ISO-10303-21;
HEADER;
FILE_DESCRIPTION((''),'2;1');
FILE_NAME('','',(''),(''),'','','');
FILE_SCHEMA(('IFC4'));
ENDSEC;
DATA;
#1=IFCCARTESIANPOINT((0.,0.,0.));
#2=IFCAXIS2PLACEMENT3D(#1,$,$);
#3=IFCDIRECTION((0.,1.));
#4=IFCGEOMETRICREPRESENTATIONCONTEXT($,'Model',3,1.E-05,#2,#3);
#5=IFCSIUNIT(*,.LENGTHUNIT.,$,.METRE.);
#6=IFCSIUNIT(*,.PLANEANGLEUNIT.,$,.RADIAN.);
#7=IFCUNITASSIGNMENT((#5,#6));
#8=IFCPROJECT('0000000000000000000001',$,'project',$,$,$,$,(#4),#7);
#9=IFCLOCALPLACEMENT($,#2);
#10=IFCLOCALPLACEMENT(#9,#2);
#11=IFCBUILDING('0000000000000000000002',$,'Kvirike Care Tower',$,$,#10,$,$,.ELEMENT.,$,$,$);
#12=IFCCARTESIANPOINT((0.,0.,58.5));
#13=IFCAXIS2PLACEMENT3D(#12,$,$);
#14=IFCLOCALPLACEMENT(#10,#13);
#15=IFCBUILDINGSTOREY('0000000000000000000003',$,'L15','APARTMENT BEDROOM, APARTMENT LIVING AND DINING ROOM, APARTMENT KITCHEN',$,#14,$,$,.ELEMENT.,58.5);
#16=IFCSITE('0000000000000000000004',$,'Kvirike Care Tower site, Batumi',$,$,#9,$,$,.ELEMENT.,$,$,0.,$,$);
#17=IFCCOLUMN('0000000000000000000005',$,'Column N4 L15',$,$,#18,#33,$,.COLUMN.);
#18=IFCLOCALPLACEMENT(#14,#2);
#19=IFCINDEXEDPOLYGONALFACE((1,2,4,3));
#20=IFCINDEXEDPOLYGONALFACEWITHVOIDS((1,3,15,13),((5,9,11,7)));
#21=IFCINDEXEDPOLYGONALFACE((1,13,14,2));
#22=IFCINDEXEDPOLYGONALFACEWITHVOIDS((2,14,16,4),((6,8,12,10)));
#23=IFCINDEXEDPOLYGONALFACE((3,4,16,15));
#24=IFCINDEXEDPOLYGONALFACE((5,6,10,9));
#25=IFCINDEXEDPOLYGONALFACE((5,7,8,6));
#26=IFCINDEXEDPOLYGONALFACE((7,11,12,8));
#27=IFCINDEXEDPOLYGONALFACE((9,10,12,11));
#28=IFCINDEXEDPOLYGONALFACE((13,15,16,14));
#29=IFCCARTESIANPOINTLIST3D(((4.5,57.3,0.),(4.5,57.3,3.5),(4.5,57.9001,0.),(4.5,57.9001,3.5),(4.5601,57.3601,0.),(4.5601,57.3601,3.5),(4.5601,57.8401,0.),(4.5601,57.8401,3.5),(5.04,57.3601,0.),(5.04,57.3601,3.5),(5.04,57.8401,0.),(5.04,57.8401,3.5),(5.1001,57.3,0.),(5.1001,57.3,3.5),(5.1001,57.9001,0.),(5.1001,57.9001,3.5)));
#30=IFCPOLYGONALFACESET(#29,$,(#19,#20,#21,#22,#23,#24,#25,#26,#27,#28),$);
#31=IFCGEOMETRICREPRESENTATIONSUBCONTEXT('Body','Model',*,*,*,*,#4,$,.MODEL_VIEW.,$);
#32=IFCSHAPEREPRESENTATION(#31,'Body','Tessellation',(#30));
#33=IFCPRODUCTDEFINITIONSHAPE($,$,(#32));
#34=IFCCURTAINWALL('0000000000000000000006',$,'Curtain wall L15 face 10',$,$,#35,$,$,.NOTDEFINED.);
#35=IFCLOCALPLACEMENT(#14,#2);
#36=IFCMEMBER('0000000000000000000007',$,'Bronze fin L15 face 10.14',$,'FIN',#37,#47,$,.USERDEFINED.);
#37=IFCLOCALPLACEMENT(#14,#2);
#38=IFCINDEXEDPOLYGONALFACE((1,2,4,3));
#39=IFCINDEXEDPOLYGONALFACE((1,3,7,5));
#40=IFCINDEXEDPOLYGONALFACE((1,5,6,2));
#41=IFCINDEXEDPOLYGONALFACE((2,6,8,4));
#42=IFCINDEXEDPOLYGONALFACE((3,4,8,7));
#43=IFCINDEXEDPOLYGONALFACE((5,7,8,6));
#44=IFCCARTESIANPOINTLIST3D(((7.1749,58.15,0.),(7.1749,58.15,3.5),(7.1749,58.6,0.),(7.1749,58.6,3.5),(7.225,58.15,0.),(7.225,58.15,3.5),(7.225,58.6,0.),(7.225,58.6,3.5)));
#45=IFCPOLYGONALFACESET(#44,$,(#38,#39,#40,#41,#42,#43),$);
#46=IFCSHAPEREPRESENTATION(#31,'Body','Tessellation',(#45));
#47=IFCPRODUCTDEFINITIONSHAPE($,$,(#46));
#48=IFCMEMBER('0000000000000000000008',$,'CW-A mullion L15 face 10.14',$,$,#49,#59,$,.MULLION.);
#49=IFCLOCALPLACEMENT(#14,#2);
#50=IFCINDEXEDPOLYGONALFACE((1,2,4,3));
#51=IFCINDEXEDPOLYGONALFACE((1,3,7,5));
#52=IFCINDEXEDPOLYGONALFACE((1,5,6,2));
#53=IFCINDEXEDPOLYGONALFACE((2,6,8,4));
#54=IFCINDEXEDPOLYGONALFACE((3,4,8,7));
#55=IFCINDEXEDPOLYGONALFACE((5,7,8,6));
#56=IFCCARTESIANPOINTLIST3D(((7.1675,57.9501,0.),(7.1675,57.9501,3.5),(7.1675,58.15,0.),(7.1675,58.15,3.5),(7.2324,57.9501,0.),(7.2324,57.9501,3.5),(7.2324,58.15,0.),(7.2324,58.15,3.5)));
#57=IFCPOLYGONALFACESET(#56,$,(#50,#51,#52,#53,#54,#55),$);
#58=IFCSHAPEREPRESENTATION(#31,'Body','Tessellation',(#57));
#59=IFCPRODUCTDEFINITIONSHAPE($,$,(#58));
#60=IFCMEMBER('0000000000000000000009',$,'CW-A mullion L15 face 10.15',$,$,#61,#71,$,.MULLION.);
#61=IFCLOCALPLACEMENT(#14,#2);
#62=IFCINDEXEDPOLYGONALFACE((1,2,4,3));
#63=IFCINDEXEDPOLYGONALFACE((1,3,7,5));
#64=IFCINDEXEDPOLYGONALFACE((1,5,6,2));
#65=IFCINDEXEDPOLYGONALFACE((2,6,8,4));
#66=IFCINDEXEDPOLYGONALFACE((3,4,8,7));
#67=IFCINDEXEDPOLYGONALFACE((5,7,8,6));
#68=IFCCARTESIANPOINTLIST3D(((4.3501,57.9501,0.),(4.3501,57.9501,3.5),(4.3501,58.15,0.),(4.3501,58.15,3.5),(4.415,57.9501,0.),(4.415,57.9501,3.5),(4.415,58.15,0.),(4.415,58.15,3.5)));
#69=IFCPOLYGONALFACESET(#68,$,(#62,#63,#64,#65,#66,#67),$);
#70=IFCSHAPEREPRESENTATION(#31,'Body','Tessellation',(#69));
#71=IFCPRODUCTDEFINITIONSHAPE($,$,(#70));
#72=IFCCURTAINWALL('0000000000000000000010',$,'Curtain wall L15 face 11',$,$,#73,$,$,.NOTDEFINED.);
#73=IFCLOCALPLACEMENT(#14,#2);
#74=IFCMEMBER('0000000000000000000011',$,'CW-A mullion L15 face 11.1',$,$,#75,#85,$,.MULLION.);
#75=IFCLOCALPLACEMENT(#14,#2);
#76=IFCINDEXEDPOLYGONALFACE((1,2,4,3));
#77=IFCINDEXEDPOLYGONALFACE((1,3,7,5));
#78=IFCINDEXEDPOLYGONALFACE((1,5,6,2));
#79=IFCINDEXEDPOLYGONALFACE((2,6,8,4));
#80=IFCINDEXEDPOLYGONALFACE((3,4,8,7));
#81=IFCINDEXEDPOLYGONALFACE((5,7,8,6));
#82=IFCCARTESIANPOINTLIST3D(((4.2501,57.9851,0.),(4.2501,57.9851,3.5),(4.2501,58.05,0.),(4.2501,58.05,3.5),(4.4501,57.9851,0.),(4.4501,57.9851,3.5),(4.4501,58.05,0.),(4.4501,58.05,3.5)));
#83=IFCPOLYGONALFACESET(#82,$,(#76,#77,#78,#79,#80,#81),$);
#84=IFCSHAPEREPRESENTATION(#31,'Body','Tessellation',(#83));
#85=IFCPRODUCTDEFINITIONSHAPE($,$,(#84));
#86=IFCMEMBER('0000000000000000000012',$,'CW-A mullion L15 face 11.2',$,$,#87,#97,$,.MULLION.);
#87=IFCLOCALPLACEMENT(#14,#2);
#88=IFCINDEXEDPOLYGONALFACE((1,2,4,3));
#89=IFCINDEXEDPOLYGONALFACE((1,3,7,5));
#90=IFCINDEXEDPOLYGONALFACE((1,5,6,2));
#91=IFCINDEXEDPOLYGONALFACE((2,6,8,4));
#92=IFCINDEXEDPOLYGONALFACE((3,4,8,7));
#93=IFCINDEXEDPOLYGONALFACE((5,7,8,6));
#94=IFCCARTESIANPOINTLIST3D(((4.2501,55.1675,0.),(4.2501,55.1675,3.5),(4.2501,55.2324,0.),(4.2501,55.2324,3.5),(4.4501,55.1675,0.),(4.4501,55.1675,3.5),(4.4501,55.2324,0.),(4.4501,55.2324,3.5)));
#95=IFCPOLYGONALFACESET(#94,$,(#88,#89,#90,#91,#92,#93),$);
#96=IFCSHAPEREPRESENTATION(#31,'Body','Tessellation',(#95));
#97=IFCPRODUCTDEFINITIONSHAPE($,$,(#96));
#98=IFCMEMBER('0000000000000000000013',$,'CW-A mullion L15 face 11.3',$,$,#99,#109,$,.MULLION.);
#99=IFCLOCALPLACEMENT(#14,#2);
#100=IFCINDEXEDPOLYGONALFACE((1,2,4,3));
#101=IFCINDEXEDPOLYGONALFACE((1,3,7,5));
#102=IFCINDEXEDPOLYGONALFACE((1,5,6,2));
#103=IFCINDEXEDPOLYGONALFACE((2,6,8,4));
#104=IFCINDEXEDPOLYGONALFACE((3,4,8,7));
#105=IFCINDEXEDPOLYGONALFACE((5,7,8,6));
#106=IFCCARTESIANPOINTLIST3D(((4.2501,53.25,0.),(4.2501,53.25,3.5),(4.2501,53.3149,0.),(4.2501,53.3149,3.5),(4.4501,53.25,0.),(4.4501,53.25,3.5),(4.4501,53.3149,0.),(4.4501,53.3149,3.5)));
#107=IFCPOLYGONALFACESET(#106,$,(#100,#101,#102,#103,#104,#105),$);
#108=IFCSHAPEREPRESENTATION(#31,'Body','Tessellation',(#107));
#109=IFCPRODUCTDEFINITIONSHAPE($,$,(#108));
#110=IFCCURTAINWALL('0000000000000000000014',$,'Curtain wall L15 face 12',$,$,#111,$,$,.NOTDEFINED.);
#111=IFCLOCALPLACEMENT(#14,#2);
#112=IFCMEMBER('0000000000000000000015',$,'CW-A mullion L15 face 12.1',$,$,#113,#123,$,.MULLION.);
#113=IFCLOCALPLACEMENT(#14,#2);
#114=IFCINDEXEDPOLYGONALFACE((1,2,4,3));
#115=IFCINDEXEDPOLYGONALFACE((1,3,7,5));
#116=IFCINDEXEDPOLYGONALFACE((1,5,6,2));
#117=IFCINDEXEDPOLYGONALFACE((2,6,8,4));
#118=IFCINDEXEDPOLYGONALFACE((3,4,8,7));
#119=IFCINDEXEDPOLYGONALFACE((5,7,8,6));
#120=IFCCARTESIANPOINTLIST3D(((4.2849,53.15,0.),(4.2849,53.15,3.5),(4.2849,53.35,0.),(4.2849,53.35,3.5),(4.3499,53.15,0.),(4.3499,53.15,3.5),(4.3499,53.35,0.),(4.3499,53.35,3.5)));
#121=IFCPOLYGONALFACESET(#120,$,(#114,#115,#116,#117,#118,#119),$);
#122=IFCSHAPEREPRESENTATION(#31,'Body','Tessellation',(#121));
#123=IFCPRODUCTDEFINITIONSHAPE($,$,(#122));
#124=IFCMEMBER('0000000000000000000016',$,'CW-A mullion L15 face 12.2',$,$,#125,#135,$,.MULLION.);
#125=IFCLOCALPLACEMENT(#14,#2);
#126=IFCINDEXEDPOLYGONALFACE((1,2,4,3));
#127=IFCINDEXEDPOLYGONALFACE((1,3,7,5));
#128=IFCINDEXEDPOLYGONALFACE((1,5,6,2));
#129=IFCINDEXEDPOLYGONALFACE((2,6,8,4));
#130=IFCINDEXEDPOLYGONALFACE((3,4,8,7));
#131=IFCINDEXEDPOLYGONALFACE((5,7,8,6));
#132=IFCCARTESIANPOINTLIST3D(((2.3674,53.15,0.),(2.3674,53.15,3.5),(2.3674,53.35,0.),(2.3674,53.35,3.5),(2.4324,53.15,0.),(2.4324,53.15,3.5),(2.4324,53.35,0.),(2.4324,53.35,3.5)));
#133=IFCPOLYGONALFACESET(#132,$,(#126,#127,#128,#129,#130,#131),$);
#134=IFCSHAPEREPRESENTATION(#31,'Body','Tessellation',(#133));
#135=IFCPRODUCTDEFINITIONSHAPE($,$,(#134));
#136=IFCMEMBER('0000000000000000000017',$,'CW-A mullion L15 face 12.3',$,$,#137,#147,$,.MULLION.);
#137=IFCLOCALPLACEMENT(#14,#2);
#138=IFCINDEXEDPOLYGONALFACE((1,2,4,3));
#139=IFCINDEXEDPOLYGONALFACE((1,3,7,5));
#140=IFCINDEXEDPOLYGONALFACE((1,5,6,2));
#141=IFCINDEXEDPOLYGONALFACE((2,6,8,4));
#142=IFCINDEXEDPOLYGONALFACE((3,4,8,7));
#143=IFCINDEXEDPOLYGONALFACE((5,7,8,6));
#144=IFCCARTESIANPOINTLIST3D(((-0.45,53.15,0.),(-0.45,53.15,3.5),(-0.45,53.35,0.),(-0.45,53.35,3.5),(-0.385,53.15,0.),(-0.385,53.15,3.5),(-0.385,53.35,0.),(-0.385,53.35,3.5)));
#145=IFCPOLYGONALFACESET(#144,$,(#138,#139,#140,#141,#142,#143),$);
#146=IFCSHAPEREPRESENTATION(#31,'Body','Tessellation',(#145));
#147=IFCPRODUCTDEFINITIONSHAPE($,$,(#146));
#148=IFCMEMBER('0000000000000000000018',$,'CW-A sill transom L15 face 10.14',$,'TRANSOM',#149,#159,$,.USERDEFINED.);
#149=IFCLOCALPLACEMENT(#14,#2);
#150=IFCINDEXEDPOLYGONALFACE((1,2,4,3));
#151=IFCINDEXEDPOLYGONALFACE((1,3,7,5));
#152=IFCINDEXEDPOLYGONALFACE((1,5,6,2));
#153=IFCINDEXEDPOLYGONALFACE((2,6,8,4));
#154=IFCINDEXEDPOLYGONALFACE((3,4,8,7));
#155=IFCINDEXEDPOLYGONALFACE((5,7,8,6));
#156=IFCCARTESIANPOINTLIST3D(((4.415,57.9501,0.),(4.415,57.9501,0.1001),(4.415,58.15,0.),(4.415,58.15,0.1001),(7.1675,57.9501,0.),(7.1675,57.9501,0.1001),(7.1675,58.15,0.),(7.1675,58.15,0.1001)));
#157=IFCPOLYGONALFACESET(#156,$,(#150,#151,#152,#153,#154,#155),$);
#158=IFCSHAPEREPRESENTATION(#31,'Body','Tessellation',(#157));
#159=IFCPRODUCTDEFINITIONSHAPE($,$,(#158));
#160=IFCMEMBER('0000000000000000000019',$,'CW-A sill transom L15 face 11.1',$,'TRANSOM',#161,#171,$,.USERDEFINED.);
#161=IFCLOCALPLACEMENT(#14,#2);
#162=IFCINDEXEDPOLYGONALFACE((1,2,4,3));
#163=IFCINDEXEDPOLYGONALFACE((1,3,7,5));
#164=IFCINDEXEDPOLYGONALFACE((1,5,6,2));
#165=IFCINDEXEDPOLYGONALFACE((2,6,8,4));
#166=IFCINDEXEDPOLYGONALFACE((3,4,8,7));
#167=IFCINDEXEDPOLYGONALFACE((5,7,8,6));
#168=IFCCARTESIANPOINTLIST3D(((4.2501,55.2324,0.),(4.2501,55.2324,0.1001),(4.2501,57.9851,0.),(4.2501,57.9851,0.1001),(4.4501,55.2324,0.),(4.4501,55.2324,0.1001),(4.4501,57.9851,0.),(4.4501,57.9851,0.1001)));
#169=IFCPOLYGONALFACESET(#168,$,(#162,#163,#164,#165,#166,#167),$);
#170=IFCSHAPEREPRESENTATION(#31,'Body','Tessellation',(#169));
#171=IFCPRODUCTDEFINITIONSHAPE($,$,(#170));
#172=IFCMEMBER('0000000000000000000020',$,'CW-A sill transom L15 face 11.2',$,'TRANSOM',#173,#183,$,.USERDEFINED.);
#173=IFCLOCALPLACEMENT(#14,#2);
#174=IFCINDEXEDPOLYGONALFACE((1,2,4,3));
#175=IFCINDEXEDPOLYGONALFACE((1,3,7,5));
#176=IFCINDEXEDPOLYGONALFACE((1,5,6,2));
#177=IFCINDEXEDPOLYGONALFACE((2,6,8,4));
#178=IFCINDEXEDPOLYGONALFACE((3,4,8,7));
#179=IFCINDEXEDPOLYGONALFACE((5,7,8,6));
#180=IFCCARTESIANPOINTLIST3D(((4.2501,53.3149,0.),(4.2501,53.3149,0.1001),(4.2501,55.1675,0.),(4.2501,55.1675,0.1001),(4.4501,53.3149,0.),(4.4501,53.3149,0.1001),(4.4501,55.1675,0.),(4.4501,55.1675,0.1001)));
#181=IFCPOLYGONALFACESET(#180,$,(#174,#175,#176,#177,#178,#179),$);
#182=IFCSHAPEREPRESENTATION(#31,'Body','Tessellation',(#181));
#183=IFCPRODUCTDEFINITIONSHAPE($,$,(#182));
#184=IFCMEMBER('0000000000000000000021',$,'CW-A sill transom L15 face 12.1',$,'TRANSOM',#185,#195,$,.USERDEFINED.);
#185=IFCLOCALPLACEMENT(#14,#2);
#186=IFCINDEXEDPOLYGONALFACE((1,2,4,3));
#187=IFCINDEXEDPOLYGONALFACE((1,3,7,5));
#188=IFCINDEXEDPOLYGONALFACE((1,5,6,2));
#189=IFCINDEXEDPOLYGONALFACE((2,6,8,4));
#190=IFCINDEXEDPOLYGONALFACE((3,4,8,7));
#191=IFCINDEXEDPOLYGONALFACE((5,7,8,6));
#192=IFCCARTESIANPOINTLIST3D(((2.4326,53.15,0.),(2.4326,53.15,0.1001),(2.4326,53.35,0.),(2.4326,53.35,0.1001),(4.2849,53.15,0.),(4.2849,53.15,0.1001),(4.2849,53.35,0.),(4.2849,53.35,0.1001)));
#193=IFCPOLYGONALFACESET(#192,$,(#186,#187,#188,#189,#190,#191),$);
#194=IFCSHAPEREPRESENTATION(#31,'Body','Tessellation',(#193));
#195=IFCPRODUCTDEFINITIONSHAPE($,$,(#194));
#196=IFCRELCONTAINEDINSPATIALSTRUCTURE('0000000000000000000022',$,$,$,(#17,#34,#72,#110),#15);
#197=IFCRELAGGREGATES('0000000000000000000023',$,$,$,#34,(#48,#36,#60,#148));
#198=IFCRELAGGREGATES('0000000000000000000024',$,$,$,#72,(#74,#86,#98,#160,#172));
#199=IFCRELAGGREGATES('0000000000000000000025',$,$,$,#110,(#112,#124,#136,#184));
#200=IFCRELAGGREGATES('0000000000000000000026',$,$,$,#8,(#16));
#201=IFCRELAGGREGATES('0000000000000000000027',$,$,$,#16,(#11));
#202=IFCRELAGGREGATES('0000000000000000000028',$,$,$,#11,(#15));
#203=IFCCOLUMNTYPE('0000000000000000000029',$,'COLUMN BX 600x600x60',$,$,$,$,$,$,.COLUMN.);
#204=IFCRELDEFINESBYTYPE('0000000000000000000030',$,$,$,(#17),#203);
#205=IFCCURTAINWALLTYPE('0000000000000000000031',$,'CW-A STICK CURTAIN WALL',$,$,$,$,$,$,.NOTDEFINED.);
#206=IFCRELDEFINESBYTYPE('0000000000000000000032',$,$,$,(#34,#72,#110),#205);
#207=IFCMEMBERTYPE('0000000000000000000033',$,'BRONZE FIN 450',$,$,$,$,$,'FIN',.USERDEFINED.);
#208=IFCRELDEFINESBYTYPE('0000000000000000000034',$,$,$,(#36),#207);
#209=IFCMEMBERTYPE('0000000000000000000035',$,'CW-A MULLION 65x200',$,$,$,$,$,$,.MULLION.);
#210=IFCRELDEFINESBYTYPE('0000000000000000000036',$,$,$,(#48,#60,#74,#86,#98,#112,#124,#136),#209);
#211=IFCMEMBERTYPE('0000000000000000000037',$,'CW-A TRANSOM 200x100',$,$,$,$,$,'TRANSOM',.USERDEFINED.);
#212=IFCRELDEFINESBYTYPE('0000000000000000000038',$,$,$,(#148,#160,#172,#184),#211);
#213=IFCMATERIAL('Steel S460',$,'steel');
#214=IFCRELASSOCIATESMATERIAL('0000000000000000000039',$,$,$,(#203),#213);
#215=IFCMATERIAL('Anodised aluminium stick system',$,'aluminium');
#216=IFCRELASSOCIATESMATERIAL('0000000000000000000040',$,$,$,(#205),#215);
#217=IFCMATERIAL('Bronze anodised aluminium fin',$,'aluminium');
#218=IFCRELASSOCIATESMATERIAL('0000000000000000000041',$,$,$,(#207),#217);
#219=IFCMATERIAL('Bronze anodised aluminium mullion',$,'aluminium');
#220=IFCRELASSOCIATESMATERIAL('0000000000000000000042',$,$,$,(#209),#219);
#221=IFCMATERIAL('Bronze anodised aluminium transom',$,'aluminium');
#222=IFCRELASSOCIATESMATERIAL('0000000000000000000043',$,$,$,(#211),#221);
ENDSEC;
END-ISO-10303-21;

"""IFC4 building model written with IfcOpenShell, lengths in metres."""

from ifc_helpers import new_model, si_unit, direction, frame, origin, origin_2d, place, context, subcontext, project, spatial, rectangle, hollow_rectangle, extrude, material, material_profile, profile_set, type_object, element, aggregate, save


model = new_model("IFC4")

# Units and contexts
model_context = context("Model", 3, precision=1e-05, world=origin(), true_north=direction((0.0, 1.0)))
body_context = subcontext(model_context, "Body", "Model", "MODEL_VIEW")
ifc_project = project(units=[si_unit("LENGTHUNIT", "METRE"), si_unit("PLANEANGLEUNIT", "RADIAN")], contexts=[model_context])

# Site, building, storey
site_placement = place(None, origin())
site = spatial("IfcSite", under=ifc_project, at=site_placement, Name="Kvirike Care Tower site, Batumi", CompositionType="ELEMENT", RefElevation=0.0)
building_placement = place(site_placement, origin())
building = spatial("IfcBuilding", under=site, at=building_placement, Name="Kvirike Care Tower", CompositionType="ELEMENT")
storey_placement = place(building_placement, frame((0.0, 0.0, 58.5)))
storey = spatial("IfcBuildingStorey", under=building, at=storey_placement, Name="L15", Description="APARTMENT BEDROOM, APARTMENT LIVING AND DINING ROOM, APARTMENT KITCHEN", CompositionType="ELEMENT", Elevation=58.5)

# Column
ifc_material_1 = material(Name="Steel S460", Category="steel")
ifc_material_profile_1 = material_profile(ifc_material_1, hollow_rectangle(XDim=0.6001, YDim=0.6001, WallThickness=0.0601, at=origin_2d()), Name="BX 600x600x60")
ifc_profile_set_1 = profile_set([ifc_material_profile_1], Name="Steel S460")
column_type = type_object("IfcColumnType", Name="COLUMN BX 600x600x60", PredefinedType="COLUMN", material=ifc_profile_set_1)
column_placement = place(storey_placement, frame((4.8, 57.6001, 0.0), z_axis=(0.0, 0.0, 1.0), x_axis=(0.0, 1.0, 0.0)))
element("IfcColumn", 1, at=column_placement, inside=storey, type_object=column_type, Name="Column N4 L15", PredefinedType="COLUMN", context=body_context, shape_type="SweptSolid", body=[
    extrude(hollow_rectangle(XDim=0.6001, YDim=0.6001, WallThickness=0.0601, at=origin_2d()), origin(), (0.0, 0.0, 1.0), 3.5),
])

# Curtain walls, members
ifc_material_2 = material(Name="Anodised aluminium stick system", Category="aluminium")
curtain_wall_type = type_object("IfcCurtainWallType", Name="CW-A STICK CURTAIN WALL", PredefinedType="NOTDEFINED", material=ifc_material_2)
curtain_wall_1_placement = place(storey_placement, origin())
curtain_wall_1 = element("IfcCurtainWall", 2, at=curtain_wall_1_placement, inside=storey, type_object=curtain_wall_type, Name="Curtain wall L15 face 10", PredefinedType="NOTDEFINED")
ifc_material_3 = material(Name="Bronze anodised aluminium fin", Category="aluminium")
ifc_material_profile_2 = material_profile(ifc_material_3, rectangle(XDim=0.05, YDim=0.45, at=origin_2d()), Name="BRONZE FIN 450")
ifc_profile_set_2 = profile_set([ifc_material_profile_2], Name="Bronze anodised aluminium fin")
member_type_1 = type_object("IfcMemberType", Name="BRONZE FIN 450", ElementType="FIN", PredefinedType="USERDEFINED", material=ifc_profile_set_2)
member_1_placement = place(storey_placement, frame((7.2, 58.375, 0.0), z_axis=(0.0, 0.0, 1.0), x_axis=(-1.0, 0.0, 0.0)))
member_1 = element("IfcMember", 3, at=member_1_placement, type_object=member_type_1, Name="Bronze fin L15 face 10.14", ObjectType="FIN", PredefinedType="USERDEFINED", context=body_context, shape_type="SweptSolid", body=[
    extrude(rectangle(XDim=0.05, YDim=0.45, at=origin_2d()), origin(), (0.0, 0.0, 1.0), 3.5),
])
ifc_material_4 = material(Name="Bronze anodised aluminium mullion", Category="aluminium")
ifc_material_profile_3 = material_profile(ifc_material_4, rectangle(XDim=0.0649, YDim=0.2, at=origin_2d()), Name="CW-A MULLION 65x200")
ifc_profile_set_3 = profile_set([ifc_material_profile_3], Name="Bronze anodised aluminium mullion")
member_type_2 = type_object("IfcMemberType", Name="CW-A MULLION 65x200", PredefinedType="MULLION", material=ifc_profile_set_3)
member_2_placement = place(storey_placement, frame((7.2, 58.05, 0.0), z_axis=(0.0, 0.0, 1.0), x_axis=(-1.0, 0.0, 0.0)))
member_2 = element("IfcMember", 4, at=member_2_placement, type_object=member_type_2, Name="CW-A mullion L15 face 10.14", PredefinedType="MULLION", context=body_context, shape_type="SweptSolid", body=[
    extrude(rectangle(XDim=0.0649, YDim=0.2, at=origin_2d()), origin(), (0.0, 0.0, 1.0), 3.5),
])
member_3_placement = place(storey_placement, frame((4.3826, 58.05, 0.0), z_axis=(0.0, 0.0, 1.0), x_axis=(-1.0, 0.0, 0.0)))
member_3 = element("IfcMember", 5, at=member_3_placement, type_object=member_type_2, Name="CW-A mullion L15 face 10.15", PredefinedType="MULLION", context=body_context, shape_type="SweptSolid", body=[
    extrude(rectangle(XDim=0.0649, YDim=0.2, at=origin_2d()), origin(), (0.0, 0.0, 1.0), 3.5),
])
curtain_wall_2_placement = place(storey_placement, origin())
curtain_wall_2 = element("IfcCurtainWall", 6, at=curtain_wall_2_placement, inside=storey, type_object=curtain_wall_type, Name="Curtain wall L15 face 11", PredefinedType="NOTDEFINED")
member_4_placement = place(storey_placement, frame((4.3501, 58.0176, 0.0), z_axis=(0.0, 0.0, 1.0), x_axis=(0.0, -1.0, 0.0)))
member_4 = element("IfcMember", 7, at=member_4_placement, type_object=member_type_2, Name="CW-A mullion L15 face 11.1", PredefinedType="MULLION", context=body_context, shape_type="SweptSolid", body=[
    extrude(rectangle(XDim=0.0649, YDim=0.2, at=origin_2d()), origin(), (0.0, 0.0, 1.0), 3.5),
])
member_5_placement = place(storey_placement, frame((4.3501, 55.2, 0.0), z_axis=(0.0, 0.0, 1.0), x_axis=(0.0, -1.0, 0.0)))
member_5 = element("IfcMember", 8, at=member_5_placement, type_object=member_type_2, Name="CW-A mullion L15 face 11.2", PredefinedType="MULLION", context=body_context, shape_type="SweptSolid", body=[
    extrude(rectangle(XDim=0.0649, YDim=0.2, at=origin_2d()), origin(), (0.0, 0.0, 1.0), 3.5),
])
member_6_placement = place(storey_placement, frame((4.3501, 53.2825, 0.0), z_axis=(0.0, 0.0, 1.0), x_axis=(0.0, -1.0, 0.0)))
member_6 = element("IfcMember", 9, at=member_6_placement, type_object=member_type_2, Name="CW-A mullion L15 face 11.3", PredefinedType="MULLION", context=body_context, shape_type="SweptSolid", body=[
    extrude(rectangle(XDim=0.0649, YDim=0.2, at=origin_2d()), origin(), (0.0, 0.0, 1.0), 3.5),
])
curtain_wall_3_placement = place(storey_placement, origin())
curtain_wall_3 = element("IfcCurtainWall", 10, at=curtain_wall_3_placement, inside=storey, type_object=curtain_wall_type, Name="Curtain wall L15 face 12", PredefinedType="NOTDEFINED")
member_7_placement = place(storey_placement, frame((4.3174, 53.25, 0.0), z_axis=(0.0, 0.0, 1.0), x_axis=(-1.0, 0.0, 0.0)))
member_7 = element("IfcMember", 11, at=member_7_placement, type_object=member_type_2, Name="CW-A mullion L15 face 12.1", PredefinedType="MULLION", context=body_context, shape_type="SweptSolid", body=[
    extrude(rectangle(XDim=0.0649, YDim=0.2, at=origin_2d()), origin(), (0.0, 0.0, 1.0), 3.5),
])
member_8_placement = place(storey_placement, frame((2.3999, 53.25, 0.0), z_axis=(0.0, 0.0, 1.0), x_axis=(-1.0, 0.0, 0.0)))
member_8 = element("IfcMember", 12, at=member_8_placement, type_object=member_type_2, Name="CW-A mullion L15 face 12.2", PredefinedType="MULLION", context=body_context, shape_type="SweptSolid", body=[
    extrude(rectangle(XDim=0.0649, YDim=0.2, at=origin_2d()), origin(), (0.0, 0.0, 1.0), 3.5),
])
member_9_placement = place(storey_placement, frame((-0.4175, 53.25, 0.0), z_axis=(0.0, 0.0, 1.0), x_axis=(-1.0, 0.0, 0.0)))
member_9 = element("IfcMember", 13, at=member_9_placement, type_object=member_type_2, Name="CW-A mullion L15 face 12.3", PredefinedType="MULLION", context=body_context, shape_type="SweptSolid", body=[
    extrude(rectangle(XDim=0.0649, YDim=0.2, at=origin_2d()), origin(), (0.0, 0.0, 1.0), 3.5),
])

# Members
ifc_material_5 = material(Name="Bronze anodised aluminium transom", Category="aluminium")
ifc_material_profile_4 = material_profile(ifc_material_5, rectangle(XDim=0.2, YDim=0.1001, at=origin_2d()), Name="CW-A TRANSOM 200x100")
ifc_profile_set_4 = profile_set([ifc_material_profile_4], Name="Bronze anodised aluminium transom")
member_type_3 = type_object("IfcMemberType", Name="CW-A TRANSOM 200x100", ElementType="TRANSOM", PredefinedType="USERDEFINED", material=ifc_profile_set_4)
member_10_placement = place(storey_placement, frame((7.1675, 58.05, 0.05), z_axis=(-1.0, 0.0, 0.0), x_axis=(0.0, -1.0, 0.0)))
member_10 = element("IfcMember", 14, at=member_10_placement, type_object=member_type_3, Name="CW-A sill transom L15 face 10.14", ObjectType="TRANSOM", PredefinedType="USERDEFINED", context=body_context, shape_type="SweptSolid", body=[
    extrude(rectangle(XDim=0.2, YDim=0.1001, at=origin_2d()), origin(), (0.0, 0.0, 1.0), 2.7524),
])
member_11_placement = place(storey_placement, frame((4.3501, 57.9851, 0.05), z_axis=(0.0, -1.0, 0.0), x_axis=(1.0, 0.0, 0.0)))
member_11 = element("IfcMember", 15, at=member_11_placement, type_object=member_type_3, Name="CW-A sill transom L15 face 11.1", ObjectType="TRANSOM", PredefinedType="USERDEFINED", context=body_context, shape_type="SweptSolid", body=[
    extrude(rectangle(XDim=0.2, YDim=0.1001, at=origin_2d()), origin(), (0.0, 0.0, 1.0), 2.7527),
])
member_12_placement = place(storey_placement, frame((4.3501, 55.1675, 0.05), z_axis=(0.0, -1.0, 0.0), x_axis=(1.0, 0.0, 0.0)))
member_12 = element("IfcMember", 16, at=member_12_placement, type_object=member_type_3, Name="CW-A sill transom L15 face 11.2", ObjectType="TRANSOM", PredefinedType="USERDEFINED", context=body_context, shape_type="SweptSolid", body=[
    extrude(rectangle(XDim=0.2, YDim=0.1001, at=origin_2d()), origin(), (0.0, 0.0, 1.0), 1.8525),
])
member_13_placement = place(storey_placement, frame((4.2849, 53.25, 0.05), z_axis=(-1.0, 0.0, 0.0), x_axis=(0.0, -1.0, 0.0)))
member_13 = element("IfcMember", 17, at=member_13_placement, type_object=member_type_3, Name="CW-A sill transom L15 face 12.1", ObjectType="TRANSOM", PredefinedType="USERDEFINED", context=body_context, shape_type="SweptSolid", body=[
    extrude(rectangle(XDim=0.2, YDim=0.1001, at=origin_2d()), origin(), (0.0, 0.0, 1.0), 1.8523),
])

aggregate(curtain_wall_1, [member_2, member_1, member_3, member_10])
aggregate(curtain_wall_2, [member_4, member_5, member_6, member_11, member_12])
aggregate(curtain_wall_3, [member_7, member_8, member_9, member_13])

save(model, "model.ifc")
